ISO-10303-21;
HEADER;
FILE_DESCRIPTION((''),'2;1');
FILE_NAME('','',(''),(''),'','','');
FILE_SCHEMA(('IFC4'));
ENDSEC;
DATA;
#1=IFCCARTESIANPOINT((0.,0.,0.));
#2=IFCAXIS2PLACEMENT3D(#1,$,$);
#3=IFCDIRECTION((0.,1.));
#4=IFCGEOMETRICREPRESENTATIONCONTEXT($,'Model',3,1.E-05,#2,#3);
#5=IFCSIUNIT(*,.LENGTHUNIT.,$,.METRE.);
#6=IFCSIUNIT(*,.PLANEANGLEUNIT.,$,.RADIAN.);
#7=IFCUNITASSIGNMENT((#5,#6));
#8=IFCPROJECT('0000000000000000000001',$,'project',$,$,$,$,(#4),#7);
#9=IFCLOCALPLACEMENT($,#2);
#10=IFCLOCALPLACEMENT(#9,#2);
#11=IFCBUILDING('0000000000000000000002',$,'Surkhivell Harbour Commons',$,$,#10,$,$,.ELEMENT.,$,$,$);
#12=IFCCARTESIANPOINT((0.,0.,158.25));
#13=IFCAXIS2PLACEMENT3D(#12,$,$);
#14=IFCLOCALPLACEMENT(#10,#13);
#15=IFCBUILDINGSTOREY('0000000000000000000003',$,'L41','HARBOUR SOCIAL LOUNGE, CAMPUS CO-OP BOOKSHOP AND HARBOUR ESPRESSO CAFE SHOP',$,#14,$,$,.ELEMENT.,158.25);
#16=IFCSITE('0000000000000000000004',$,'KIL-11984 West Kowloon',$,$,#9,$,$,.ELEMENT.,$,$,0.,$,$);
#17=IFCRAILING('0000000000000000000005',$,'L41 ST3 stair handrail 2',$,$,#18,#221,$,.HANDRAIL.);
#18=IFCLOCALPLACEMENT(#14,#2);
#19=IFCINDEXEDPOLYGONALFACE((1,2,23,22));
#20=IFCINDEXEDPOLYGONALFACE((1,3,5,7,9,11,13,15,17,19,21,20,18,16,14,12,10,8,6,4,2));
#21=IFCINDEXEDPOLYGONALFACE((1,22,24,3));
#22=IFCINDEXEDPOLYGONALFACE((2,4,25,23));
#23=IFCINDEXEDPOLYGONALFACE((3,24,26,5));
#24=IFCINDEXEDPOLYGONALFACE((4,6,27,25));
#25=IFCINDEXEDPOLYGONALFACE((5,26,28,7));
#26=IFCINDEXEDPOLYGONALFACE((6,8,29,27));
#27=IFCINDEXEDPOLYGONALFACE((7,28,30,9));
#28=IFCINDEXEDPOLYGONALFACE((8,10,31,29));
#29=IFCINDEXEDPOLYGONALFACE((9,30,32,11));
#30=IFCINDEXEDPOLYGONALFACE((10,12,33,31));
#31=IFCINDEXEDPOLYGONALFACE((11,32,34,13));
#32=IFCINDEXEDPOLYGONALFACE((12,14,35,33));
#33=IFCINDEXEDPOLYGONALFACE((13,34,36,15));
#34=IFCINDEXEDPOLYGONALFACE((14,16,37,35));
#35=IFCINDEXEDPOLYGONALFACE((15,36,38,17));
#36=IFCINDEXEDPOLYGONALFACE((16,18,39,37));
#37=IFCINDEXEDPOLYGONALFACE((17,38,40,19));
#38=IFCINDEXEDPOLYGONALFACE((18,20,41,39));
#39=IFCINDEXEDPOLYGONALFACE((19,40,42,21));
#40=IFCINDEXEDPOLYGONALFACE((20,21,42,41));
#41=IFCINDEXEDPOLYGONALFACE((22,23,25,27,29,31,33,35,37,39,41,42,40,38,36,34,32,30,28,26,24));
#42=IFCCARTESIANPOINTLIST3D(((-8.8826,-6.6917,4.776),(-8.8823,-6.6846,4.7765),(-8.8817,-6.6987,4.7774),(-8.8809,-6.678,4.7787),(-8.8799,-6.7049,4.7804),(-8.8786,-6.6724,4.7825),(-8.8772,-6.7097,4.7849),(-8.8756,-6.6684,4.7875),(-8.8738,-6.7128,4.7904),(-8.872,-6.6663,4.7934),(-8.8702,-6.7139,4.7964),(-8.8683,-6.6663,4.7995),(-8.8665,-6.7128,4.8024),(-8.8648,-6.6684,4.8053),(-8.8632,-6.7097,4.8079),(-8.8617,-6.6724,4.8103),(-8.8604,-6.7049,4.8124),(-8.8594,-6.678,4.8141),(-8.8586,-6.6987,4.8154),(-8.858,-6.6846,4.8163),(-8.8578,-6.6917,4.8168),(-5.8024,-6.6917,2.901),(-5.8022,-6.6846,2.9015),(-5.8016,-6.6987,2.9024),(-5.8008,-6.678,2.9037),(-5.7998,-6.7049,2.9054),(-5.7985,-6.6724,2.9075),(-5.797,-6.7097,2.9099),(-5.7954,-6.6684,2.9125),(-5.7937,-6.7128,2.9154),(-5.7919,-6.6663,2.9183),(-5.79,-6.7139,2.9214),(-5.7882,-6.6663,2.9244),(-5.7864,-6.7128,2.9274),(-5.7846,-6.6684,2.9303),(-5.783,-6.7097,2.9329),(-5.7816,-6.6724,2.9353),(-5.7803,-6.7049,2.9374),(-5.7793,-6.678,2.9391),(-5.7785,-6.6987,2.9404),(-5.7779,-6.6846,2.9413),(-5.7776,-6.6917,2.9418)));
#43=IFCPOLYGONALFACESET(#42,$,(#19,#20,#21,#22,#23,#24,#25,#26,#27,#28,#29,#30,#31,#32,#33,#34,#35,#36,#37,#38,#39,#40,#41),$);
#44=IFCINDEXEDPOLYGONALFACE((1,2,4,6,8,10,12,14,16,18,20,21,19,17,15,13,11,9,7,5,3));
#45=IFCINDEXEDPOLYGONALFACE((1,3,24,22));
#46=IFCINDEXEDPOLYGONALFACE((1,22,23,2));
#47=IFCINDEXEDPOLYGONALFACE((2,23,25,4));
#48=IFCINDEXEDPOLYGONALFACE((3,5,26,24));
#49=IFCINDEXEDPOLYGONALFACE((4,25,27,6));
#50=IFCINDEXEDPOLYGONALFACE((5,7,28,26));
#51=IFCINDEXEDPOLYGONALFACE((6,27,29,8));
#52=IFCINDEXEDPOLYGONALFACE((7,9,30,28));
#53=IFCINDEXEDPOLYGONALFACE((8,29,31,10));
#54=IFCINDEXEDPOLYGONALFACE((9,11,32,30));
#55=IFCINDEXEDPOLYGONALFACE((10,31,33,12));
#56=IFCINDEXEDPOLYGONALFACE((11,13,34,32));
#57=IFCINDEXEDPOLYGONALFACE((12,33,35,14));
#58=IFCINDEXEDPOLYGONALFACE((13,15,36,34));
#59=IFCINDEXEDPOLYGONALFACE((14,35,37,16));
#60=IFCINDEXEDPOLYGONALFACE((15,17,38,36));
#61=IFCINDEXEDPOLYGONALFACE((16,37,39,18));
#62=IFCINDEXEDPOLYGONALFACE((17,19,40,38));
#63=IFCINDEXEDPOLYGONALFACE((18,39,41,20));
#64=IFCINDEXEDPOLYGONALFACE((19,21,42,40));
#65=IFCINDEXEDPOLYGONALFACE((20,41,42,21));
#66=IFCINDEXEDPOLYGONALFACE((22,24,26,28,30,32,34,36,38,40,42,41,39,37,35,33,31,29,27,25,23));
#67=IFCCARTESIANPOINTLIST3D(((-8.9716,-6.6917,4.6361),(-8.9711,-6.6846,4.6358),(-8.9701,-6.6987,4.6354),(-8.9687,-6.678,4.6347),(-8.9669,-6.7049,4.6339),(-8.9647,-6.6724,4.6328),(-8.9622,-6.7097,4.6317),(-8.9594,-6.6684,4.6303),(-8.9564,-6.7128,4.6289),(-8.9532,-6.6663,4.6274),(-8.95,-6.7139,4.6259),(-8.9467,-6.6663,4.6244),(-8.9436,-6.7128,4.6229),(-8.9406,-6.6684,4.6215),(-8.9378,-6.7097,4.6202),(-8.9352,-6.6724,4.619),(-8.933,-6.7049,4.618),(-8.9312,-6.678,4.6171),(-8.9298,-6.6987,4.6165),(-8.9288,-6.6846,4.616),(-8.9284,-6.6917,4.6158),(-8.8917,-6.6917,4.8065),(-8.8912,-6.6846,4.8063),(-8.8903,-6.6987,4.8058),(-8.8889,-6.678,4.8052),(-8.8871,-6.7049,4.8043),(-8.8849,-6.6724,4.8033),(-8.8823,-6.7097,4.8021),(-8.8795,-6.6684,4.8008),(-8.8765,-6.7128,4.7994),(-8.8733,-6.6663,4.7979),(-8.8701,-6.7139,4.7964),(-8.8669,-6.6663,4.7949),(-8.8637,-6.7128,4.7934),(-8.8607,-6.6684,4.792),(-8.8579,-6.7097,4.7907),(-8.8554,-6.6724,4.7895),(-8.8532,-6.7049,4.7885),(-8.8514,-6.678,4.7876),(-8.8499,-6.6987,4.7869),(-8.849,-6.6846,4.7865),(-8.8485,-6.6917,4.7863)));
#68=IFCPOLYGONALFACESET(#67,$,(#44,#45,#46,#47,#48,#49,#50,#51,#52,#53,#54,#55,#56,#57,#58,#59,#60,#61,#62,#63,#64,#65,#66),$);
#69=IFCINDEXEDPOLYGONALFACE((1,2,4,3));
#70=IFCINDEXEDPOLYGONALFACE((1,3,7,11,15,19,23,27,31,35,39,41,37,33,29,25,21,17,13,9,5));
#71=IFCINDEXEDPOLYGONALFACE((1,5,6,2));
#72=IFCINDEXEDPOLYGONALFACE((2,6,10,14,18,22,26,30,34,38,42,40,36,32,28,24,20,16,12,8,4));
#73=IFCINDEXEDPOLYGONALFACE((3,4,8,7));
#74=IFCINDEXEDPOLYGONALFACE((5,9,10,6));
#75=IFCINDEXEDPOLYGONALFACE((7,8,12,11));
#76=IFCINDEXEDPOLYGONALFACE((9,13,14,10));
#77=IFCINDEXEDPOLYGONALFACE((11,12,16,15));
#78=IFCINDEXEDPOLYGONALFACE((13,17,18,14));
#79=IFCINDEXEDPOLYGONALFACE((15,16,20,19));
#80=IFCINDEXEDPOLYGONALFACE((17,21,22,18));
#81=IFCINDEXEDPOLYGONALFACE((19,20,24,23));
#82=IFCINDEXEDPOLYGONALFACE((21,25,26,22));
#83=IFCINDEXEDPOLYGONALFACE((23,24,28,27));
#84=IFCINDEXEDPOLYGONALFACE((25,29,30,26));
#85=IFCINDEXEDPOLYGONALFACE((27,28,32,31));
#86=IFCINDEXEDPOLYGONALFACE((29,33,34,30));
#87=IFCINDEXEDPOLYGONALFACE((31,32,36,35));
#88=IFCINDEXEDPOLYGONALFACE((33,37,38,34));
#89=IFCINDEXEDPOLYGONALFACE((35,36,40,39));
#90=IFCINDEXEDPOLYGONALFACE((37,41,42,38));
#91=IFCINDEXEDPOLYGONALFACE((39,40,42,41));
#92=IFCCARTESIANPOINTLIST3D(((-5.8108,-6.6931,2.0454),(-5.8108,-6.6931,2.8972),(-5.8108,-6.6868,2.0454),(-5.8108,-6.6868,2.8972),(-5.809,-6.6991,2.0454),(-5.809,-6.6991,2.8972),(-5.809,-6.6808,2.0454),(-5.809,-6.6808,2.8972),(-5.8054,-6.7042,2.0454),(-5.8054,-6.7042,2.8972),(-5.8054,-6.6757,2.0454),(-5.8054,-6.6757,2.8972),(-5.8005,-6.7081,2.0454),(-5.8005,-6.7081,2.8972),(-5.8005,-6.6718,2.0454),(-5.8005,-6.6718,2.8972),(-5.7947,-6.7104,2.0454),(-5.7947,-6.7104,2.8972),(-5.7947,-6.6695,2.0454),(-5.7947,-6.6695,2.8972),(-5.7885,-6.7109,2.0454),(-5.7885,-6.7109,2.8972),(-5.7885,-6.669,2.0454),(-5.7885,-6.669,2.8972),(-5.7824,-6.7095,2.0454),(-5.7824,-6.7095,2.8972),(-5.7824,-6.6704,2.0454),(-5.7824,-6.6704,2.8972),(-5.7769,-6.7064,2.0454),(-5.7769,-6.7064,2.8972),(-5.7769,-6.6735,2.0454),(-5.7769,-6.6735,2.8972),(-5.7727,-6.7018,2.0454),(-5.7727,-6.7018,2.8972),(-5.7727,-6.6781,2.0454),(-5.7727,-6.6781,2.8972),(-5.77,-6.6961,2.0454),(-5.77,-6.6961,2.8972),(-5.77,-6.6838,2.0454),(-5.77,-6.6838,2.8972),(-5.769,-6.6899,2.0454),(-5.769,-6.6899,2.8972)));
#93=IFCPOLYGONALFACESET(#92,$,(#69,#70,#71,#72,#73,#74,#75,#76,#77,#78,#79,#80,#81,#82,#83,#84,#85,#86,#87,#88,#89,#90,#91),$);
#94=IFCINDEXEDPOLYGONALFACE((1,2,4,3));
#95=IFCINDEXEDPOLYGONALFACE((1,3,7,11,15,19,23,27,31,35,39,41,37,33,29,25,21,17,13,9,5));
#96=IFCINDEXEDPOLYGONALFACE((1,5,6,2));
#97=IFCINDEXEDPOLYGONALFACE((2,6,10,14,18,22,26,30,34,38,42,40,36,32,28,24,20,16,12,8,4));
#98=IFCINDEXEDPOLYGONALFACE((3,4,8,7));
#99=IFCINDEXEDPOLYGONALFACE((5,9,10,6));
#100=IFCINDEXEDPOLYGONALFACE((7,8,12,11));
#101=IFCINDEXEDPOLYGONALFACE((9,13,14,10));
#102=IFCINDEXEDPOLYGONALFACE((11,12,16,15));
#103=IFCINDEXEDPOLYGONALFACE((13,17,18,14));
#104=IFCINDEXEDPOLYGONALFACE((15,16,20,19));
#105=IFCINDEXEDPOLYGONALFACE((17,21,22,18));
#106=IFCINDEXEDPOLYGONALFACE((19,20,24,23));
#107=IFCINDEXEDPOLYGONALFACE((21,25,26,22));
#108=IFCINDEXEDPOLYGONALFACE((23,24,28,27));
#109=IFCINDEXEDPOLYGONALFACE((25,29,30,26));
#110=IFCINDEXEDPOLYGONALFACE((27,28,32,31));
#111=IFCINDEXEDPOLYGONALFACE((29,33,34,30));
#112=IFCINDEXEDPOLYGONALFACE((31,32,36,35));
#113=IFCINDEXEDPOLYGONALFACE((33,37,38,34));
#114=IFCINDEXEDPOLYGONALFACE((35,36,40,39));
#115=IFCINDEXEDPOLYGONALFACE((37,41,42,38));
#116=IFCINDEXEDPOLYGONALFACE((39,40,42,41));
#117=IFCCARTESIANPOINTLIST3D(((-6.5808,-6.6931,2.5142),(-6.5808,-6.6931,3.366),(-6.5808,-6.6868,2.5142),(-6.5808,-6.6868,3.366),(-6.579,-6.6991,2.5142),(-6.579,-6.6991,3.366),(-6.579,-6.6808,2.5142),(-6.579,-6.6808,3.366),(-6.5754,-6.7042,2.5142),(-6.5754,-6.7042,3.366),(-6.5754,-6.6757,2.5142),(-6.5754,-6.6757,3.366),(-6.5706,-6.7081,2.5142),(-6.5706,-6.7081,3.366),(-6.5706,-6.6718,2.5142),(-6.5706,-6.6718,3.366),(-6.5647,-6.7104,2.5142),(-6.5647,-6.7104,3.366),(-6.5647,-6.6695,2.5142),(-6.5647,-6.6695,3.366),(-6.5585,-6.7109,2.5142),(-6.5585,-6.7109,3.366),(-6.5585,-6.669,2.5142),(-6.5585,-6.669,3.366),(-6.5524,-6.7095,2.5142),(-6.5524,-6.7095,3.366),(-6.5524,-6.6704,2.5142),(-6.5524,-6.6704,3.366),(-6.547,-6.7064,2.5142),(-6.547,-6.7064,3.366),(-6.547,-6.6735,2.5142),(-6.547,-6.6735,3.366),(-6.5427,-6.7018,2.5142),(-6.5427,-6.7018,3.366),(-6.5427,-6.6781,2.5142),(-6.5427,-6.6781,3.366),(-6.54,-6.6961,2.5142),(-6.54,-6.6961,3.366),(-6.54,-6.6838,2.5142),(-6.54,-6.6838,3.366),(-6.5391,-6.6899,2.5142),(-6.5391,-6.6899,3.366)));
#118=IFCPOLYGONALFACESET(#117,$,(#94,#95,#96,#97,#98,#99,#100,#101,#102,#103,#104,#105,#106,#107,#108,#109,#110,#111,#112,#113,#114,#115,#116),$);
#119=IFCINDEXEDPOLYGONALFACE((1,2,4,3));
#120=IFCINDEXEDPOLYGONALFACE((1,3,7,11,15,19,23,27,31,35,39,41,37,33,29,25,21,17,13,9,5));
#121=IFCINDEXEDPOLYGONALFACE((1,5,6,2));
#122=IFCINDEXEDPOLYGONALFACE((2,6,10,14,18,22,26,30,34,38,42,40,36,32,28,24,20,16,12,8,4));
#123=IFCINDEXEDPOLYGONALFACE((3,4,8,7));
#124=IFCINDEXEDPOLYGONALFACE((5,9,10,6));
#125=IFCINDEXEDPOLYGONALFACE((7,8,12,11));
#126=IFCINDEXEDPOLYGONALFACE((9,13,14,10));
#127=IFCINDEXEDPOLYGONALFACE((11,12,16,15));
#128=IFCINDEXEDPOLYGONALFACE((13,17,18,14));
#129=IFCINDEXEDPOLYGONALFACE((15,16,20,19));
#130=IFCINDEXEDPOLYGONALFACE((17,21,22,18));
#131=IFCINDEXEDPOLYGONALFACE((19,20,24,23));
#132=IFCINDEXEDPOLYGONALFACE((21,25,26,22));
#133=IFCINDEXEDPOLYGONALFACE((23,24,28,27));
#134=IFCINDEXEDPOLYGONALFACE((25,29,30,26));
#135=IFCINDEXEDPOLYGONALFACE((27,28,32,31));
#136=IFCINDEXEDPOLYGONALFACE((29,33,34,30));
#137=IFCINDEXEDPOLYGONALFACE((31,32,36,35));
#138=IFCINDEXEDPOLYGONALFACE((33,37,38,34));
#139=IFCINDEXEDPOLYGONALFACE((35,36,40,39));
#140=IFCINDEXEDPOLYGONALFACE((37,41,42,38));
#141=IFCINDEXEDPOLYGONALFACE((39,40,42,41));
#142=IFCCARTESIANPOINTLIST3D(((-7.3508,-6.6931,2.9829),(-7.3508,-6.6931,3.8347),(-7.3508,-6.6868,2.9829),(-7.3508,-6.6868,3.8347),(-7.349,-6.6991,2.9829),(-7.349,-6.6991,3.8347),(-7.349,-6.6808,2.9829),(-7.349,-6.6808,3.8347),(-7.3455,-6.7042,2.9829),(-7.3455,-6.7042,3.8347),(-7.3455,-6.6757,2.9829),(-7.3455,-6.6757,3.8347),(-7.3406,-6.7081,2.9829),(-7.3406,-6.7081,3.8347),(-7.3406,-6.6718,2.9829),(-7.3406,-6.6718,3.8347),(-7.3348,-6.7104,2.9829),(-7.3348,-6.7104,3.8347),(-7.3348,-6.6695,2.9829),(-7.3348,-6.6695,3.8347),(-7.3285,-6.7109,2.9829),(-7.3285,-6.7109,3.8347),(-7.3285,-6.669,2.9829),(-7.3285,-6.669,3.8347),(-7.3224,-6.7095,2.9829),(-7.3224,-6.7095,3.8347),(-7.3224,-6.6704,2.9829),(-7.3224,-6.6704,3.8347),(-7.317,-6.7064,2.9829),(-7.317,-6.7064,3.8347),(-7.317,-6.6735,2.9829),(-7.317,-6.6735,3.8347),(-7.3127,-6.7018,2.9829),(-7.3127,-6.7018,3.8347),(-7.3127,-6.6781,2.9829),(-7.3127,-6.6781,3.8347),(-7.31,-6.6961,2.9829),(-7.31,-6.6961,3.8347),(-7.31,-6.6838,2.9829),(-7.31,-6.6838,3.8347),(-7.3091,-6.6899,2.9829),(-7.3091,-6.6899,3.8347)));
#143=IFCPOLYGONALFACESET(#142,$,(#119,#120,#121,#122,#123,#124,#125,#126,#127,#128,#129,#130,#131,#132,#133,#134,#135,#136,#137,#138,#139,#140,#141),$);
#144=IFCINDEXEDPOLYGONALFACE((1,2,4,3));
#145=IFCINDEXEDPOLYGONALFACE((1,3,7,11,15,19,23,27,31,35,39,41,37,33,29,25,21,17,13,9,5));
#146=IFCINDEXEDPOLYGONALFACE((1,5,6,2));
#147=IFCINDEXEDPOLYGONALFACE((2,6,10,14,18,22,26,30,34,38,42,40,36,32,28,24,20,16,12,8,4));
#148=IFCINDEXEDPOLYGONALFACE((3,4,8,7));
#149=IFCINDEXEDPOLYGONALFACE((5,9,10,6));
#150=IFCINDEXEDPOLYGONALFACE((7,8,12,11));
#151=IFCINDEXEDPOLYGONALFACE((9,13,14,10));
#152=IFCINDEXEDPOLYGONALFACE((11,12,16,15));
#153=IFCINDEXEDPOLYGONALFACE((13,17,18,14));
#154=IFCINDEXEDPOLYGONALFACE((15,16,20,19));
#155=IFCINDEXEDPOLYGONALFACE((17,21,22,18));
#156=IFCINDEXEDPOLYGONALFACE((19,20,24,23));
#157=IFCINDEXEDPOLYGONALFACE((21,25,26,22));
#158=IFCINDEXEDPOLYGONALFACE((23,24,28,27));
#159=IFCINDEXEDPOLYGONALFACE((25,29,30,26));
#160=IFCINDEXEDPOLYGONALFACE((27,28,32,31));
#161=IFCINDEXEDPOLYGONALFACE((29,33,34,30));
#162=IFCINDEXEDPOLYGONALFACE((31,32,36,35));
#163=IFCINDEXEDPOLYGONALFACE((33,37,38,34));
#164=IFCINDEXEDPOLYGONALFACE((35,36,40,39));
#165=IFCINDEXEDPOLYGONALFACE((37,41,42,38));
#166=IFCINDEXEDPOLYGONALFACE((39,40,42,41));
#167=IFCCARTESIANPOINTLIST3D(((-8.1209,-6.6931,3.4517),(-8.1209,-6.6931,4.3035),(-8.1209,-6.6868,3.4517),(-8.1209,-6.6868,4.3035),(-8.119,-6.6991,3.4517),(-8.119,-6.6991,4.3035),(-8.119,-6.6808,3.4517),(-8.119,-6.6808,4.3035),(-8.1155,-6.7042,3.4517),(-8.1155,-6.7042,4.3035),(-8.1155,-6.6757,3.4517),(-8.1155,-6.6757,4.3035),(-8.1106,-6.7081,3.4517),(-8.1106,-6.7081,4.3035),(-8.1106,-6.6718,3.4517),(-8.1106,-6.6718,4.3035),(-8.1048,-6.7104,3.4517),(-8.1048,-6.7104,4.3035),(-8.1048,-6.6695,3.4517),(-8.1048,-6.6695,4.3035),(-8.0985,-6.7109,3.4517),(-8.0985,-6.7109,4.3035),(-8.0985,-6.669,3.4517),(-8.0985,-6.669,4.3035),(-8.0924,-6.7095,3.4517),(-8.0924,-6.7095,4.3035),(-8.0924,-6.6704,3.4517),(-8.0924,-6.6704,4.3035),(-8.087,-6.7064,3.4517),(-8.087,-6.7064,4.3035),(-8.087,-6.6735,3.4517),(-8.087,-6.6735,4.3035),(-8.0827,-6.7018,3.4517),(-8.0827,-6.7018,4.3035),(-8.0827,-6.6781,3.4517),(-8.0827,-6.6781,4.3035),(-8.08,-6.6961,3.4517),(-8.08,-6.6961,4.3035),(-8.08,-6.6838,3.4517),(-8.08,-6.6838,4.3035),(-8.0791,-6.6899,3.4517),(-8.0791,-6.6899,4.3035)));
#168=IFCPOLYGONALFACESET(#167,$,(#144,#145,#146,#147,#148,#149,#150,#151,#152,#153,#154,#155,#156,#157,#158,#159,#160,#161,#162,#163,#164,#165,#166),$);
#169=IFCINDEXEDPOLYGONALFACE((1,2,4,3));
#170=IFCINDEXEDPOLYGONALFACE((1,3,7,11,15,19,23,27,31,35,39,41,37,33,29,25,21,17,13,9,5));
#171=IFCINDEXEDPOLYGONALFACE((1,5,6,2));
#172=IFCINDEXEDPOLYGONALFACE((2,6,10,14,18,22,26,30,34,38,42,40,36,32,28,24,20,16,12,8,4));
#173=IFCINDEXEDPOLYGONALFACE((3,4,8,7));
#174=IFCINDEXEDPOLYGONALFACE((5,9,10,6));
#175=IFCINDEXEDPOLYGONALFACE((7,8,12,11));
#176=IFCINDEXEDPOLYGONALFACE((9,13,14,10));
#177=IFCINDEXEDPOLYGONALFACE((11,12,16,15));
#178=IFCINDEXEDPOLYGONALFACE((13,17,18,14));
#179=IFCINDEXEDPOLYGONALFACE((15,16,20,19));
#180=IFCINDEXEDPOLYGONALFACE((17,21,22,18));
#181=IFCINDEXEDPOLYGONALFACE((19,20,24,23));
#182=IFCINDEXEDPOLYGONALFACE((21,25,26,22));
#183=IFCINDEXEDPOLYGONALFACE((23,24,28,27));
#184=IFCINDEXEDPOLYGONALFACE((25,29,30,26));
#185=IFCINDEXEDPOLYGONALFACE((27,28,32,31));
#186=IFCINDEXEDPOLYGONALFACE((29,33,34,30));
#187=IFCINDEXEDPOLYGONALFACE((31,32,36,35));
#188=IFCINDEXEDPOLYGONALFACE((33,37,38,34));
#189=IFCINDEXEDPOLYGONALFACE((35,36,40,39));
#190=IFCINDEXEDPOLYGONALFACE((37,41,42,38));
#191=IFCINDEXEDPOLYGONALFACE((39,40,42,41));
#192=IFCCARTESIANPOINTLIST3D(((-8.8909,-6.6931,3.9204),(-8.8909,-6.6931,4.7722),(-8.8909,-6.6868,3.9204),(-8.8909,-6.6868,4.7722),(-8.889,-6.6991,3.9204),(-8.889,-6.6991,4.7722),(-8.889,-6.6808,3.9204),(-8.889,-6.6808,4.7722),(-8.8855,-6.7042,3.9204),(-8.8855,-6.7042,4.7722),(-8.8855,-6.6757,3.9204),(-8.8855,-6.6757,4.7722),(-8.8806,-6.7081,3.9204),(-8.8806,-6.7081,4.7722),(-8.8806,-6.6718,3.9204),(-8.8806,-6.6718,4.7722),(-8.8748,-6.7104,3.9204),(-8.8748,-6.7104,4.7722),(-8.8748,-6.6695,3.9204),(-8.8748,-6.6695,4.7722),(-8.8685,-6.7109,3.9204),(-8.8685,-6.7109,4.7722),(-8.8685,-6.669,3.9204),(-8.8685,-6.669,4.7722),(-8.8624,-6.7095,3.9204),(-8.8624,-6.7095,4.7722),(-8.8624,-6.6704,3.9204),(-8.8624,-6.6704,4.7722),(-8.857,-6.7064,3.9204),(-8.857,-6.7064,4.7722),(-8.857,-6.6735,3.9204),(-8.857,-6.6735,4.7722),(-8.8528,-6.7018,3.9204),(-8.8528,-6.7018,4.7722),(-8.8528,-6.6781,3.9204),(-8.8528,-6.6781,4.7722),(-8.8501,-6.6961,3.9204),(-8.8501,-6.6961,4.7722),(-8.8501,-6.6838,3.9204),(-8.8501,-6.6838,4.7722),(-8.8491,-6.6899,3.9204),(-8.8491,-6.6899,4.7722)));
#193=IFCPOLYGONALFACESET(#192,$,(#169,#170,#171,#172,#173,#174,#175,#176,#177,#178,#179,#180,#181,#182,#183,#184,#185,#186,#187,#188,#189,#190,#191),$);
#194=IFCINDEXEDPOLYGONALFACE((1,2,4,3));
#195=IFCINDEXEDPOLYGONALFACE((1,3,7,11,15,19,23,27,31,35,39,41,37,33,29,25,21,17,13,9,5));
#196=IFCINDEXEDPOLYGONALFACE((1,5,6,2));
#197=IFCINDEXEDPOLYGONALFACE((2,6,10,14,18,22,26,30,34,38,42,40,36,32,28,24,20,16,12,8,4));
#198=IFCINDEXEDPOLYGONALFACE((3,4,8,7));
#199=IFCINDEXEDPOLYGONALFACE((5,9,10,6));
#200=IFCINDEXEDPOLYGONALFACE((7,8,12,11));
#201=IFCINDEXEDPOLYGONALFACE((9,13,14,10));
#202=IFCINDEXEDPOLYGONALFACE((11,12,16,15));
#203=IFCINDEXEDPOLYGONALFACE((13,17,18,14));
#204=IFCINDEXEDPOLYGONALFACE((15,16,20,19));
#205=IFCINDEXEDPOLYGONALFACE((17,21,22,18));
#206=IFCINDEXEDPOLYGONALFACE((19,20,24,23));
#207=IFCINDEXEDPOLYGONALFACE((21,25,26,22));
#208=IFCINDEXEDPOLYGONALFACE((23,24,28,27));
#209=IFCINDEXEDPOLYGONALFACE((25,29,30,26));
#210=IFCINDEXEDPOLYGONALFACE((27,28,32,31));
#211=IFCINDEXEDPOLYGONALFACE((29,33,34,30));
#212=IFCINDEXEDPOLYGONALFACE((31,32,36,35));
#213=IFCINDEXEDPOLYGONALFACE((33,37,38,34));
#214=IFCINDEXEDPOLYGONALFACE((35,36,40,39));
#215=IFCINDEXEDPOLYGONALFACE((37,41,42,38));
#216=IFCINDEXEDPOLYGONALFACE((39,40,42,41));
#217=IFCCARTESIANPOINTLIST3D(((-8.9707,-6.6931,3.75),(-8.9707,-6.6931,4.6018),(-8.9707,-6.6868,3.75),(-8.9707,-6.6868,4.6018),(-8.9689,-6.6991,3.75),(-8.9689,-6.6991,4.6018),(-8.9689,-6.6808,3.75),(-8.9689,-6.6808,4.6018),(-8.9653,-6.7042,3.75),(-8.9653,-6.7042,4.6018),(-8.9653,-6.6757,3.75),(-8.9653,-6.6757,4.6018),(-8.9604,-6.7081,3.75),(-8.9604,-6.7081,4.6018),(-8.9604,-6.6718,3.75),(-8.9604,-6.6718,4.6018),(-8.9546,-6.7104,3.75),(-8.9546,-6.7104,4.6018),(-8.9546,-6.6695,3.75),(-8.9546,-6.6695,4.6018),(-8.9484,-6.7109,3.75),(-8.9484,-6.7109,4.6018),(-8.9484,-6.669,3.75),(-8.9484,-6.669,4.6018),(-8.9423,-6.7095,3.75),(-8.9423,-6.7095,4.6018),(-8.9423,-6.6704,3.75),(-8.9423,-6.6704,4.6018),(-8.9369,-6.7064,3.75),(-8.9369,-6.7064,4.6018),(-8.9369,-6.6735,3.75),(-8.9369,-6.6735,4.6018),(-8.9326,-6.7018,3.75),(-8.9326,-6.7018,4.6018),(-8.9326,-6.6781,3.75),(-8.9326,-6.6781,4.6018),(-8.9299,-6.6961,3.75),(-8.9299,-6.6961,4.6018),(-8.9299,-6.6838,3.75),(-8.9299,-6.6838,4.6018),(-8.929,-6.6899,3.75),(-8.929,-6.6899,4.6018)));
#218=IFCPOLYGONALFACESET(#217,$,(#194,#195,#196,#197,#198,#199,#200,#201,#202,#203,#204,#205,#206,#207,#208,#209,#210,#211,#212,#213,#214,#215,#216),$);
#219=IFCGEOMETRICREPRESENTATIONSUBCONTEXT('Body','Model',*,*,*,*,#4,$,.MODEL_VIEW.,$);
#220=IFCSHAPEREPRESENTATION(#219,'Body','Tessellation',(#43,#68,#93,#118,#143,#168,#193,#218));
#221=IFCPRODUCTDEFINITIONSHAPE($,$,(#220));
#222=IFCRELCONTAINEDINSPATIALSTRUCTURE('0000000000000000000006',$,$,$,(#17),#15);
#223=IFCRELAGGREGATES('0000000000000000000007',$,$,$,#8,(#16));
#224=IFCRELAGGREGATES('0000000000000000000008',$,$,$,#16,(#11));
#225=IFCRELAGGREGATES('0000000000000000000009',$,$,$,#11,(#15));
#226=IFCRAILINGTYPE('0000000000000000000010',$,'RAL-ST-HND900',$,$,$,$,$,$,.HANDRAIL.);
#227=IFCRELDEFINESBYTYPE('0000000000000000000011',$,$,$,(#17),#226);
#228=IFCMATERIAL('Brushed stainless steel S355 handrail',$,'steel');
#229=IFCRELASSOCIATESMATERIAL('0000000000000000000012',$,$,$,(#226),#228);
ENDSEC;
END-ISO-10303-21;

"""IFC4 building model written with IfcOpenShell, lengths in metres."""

from ifc_helpers import new_model, si_unit, direction, frame, origin, origin_2d, place, context, subcontext, project, spatial, circle, extrude, material, type_object, element, save


model = new_model("IFC4")

# Units and contexts
model_context = context("Model", 3, precision=1e-05, world=origin(), true_north=direction((0.0, 1.0)))
body_context = subcontext(model_context, "Body", "Model", "MODEL_VIEW")
ifc_project = project(units=[si_unit("LENGTHUNIT", "METRE"), si_unit("PLANEANGLEUNIT", "RADIAN")], contexts=[model_context])

# Site, building, storey
site_placement = place(None, origin())
site = spatial("IfcSite", under=ifc_project, at=site_placement, Name="KIL-11984 West Kowloon", CompositionType="ELEMENT", RefElevation=0.0)
building_placement = place(site_placement, origin())
building = spatial("IfcBuilding", under=site, at=building_placement, Name="Surkhivell Harbour Commons", CompositionType="ELEMENT")
storey_placement = place(building_placement, frame((0.0, 0.0, 158.25)))
storey = spatial("IfcBuildingStorey", under=building, at=storey_placement, Name="L41", Description="HARBOUR SOCIAL LOUNGE, CAMPUS CO-OP BOOKSHOP AND HARBOUR ESPRESSO CAFE SHOP", CompositionType="ELEMENT", Elevation=158.25)

# Railing
ifc_material_1 = material(Name="Brushed stainless steel S355 handrail", Category="steel")
railing_type_1 = type_object("IfcRailingType", Name="RAL-ST-HND900", PredefinedType="HANDRAIL", material=ifc_material_1)
railing_1_placement = place(storey_placement, frame((-5.79, -6.6899, 2.0454)))
element("IfcRailing", 1, at=railing_1_placement, inside=storey, type_object=railing_type_1, Name="L41 ST3 stair handrail 2", PredefinedType="HANDRAIL", context=body_context, shape_type="SweptSolid", body=[
    extrude(circle(Radius=0.0239, at=origin_2d()), frame((0.0, 0.0, 0.876), z_axis=(-0.854178, 0.0, 0.519981), x_axis=(0.0, -1.0, 0.0)), (0.0, 0.0, 1.0), 3.606),
    extrude(circle(Radius=0.0239, at=origin_2d()), frame((-3.0801, 0.0, 2.751), z_axis=(-0.424234, 0.0, -0.905552), x_axis=(0.0, -1.0, 0.0)), (0.0, 0.0, 1.0), 0.1882),
    extrude(circle(Radius=0.021, at=origin_2d()), origin(), (0.0, 0.0, 1.0), 0.8518),
    extrude(circle(Radius=0.021, at=origin_2d()), frame((-0.77, 0.0, 0.4688)), (0.0, 0.0, 1.0), 0.8518),
    extrude(circle(Radius=0.021, at=origin_2d()), frame((-1.54, 0.0, 0.9375)), (0.0, 0.0, 1.0), 0.8518),
    extrude(circle(Radius=0.021, at=origin_2d()), frame((-2.3101, 0.0, 1.4062)), (0.0, 0.0, 1.0), 0.8518),
    extrude(circle(Radius=0.021, at=origin_2d()), frame((-3.0801, 0.0, 1.875)), (0.0, 0.0, 1.0), 0.8518),
    extrude(circle(Radius=0.021, at=origin_2d()), frame((-3.1599, 0.0, 1.7046)), (0.0, 0.0, 1.0), 0.8518),
])

save(model, "model.ifc")
